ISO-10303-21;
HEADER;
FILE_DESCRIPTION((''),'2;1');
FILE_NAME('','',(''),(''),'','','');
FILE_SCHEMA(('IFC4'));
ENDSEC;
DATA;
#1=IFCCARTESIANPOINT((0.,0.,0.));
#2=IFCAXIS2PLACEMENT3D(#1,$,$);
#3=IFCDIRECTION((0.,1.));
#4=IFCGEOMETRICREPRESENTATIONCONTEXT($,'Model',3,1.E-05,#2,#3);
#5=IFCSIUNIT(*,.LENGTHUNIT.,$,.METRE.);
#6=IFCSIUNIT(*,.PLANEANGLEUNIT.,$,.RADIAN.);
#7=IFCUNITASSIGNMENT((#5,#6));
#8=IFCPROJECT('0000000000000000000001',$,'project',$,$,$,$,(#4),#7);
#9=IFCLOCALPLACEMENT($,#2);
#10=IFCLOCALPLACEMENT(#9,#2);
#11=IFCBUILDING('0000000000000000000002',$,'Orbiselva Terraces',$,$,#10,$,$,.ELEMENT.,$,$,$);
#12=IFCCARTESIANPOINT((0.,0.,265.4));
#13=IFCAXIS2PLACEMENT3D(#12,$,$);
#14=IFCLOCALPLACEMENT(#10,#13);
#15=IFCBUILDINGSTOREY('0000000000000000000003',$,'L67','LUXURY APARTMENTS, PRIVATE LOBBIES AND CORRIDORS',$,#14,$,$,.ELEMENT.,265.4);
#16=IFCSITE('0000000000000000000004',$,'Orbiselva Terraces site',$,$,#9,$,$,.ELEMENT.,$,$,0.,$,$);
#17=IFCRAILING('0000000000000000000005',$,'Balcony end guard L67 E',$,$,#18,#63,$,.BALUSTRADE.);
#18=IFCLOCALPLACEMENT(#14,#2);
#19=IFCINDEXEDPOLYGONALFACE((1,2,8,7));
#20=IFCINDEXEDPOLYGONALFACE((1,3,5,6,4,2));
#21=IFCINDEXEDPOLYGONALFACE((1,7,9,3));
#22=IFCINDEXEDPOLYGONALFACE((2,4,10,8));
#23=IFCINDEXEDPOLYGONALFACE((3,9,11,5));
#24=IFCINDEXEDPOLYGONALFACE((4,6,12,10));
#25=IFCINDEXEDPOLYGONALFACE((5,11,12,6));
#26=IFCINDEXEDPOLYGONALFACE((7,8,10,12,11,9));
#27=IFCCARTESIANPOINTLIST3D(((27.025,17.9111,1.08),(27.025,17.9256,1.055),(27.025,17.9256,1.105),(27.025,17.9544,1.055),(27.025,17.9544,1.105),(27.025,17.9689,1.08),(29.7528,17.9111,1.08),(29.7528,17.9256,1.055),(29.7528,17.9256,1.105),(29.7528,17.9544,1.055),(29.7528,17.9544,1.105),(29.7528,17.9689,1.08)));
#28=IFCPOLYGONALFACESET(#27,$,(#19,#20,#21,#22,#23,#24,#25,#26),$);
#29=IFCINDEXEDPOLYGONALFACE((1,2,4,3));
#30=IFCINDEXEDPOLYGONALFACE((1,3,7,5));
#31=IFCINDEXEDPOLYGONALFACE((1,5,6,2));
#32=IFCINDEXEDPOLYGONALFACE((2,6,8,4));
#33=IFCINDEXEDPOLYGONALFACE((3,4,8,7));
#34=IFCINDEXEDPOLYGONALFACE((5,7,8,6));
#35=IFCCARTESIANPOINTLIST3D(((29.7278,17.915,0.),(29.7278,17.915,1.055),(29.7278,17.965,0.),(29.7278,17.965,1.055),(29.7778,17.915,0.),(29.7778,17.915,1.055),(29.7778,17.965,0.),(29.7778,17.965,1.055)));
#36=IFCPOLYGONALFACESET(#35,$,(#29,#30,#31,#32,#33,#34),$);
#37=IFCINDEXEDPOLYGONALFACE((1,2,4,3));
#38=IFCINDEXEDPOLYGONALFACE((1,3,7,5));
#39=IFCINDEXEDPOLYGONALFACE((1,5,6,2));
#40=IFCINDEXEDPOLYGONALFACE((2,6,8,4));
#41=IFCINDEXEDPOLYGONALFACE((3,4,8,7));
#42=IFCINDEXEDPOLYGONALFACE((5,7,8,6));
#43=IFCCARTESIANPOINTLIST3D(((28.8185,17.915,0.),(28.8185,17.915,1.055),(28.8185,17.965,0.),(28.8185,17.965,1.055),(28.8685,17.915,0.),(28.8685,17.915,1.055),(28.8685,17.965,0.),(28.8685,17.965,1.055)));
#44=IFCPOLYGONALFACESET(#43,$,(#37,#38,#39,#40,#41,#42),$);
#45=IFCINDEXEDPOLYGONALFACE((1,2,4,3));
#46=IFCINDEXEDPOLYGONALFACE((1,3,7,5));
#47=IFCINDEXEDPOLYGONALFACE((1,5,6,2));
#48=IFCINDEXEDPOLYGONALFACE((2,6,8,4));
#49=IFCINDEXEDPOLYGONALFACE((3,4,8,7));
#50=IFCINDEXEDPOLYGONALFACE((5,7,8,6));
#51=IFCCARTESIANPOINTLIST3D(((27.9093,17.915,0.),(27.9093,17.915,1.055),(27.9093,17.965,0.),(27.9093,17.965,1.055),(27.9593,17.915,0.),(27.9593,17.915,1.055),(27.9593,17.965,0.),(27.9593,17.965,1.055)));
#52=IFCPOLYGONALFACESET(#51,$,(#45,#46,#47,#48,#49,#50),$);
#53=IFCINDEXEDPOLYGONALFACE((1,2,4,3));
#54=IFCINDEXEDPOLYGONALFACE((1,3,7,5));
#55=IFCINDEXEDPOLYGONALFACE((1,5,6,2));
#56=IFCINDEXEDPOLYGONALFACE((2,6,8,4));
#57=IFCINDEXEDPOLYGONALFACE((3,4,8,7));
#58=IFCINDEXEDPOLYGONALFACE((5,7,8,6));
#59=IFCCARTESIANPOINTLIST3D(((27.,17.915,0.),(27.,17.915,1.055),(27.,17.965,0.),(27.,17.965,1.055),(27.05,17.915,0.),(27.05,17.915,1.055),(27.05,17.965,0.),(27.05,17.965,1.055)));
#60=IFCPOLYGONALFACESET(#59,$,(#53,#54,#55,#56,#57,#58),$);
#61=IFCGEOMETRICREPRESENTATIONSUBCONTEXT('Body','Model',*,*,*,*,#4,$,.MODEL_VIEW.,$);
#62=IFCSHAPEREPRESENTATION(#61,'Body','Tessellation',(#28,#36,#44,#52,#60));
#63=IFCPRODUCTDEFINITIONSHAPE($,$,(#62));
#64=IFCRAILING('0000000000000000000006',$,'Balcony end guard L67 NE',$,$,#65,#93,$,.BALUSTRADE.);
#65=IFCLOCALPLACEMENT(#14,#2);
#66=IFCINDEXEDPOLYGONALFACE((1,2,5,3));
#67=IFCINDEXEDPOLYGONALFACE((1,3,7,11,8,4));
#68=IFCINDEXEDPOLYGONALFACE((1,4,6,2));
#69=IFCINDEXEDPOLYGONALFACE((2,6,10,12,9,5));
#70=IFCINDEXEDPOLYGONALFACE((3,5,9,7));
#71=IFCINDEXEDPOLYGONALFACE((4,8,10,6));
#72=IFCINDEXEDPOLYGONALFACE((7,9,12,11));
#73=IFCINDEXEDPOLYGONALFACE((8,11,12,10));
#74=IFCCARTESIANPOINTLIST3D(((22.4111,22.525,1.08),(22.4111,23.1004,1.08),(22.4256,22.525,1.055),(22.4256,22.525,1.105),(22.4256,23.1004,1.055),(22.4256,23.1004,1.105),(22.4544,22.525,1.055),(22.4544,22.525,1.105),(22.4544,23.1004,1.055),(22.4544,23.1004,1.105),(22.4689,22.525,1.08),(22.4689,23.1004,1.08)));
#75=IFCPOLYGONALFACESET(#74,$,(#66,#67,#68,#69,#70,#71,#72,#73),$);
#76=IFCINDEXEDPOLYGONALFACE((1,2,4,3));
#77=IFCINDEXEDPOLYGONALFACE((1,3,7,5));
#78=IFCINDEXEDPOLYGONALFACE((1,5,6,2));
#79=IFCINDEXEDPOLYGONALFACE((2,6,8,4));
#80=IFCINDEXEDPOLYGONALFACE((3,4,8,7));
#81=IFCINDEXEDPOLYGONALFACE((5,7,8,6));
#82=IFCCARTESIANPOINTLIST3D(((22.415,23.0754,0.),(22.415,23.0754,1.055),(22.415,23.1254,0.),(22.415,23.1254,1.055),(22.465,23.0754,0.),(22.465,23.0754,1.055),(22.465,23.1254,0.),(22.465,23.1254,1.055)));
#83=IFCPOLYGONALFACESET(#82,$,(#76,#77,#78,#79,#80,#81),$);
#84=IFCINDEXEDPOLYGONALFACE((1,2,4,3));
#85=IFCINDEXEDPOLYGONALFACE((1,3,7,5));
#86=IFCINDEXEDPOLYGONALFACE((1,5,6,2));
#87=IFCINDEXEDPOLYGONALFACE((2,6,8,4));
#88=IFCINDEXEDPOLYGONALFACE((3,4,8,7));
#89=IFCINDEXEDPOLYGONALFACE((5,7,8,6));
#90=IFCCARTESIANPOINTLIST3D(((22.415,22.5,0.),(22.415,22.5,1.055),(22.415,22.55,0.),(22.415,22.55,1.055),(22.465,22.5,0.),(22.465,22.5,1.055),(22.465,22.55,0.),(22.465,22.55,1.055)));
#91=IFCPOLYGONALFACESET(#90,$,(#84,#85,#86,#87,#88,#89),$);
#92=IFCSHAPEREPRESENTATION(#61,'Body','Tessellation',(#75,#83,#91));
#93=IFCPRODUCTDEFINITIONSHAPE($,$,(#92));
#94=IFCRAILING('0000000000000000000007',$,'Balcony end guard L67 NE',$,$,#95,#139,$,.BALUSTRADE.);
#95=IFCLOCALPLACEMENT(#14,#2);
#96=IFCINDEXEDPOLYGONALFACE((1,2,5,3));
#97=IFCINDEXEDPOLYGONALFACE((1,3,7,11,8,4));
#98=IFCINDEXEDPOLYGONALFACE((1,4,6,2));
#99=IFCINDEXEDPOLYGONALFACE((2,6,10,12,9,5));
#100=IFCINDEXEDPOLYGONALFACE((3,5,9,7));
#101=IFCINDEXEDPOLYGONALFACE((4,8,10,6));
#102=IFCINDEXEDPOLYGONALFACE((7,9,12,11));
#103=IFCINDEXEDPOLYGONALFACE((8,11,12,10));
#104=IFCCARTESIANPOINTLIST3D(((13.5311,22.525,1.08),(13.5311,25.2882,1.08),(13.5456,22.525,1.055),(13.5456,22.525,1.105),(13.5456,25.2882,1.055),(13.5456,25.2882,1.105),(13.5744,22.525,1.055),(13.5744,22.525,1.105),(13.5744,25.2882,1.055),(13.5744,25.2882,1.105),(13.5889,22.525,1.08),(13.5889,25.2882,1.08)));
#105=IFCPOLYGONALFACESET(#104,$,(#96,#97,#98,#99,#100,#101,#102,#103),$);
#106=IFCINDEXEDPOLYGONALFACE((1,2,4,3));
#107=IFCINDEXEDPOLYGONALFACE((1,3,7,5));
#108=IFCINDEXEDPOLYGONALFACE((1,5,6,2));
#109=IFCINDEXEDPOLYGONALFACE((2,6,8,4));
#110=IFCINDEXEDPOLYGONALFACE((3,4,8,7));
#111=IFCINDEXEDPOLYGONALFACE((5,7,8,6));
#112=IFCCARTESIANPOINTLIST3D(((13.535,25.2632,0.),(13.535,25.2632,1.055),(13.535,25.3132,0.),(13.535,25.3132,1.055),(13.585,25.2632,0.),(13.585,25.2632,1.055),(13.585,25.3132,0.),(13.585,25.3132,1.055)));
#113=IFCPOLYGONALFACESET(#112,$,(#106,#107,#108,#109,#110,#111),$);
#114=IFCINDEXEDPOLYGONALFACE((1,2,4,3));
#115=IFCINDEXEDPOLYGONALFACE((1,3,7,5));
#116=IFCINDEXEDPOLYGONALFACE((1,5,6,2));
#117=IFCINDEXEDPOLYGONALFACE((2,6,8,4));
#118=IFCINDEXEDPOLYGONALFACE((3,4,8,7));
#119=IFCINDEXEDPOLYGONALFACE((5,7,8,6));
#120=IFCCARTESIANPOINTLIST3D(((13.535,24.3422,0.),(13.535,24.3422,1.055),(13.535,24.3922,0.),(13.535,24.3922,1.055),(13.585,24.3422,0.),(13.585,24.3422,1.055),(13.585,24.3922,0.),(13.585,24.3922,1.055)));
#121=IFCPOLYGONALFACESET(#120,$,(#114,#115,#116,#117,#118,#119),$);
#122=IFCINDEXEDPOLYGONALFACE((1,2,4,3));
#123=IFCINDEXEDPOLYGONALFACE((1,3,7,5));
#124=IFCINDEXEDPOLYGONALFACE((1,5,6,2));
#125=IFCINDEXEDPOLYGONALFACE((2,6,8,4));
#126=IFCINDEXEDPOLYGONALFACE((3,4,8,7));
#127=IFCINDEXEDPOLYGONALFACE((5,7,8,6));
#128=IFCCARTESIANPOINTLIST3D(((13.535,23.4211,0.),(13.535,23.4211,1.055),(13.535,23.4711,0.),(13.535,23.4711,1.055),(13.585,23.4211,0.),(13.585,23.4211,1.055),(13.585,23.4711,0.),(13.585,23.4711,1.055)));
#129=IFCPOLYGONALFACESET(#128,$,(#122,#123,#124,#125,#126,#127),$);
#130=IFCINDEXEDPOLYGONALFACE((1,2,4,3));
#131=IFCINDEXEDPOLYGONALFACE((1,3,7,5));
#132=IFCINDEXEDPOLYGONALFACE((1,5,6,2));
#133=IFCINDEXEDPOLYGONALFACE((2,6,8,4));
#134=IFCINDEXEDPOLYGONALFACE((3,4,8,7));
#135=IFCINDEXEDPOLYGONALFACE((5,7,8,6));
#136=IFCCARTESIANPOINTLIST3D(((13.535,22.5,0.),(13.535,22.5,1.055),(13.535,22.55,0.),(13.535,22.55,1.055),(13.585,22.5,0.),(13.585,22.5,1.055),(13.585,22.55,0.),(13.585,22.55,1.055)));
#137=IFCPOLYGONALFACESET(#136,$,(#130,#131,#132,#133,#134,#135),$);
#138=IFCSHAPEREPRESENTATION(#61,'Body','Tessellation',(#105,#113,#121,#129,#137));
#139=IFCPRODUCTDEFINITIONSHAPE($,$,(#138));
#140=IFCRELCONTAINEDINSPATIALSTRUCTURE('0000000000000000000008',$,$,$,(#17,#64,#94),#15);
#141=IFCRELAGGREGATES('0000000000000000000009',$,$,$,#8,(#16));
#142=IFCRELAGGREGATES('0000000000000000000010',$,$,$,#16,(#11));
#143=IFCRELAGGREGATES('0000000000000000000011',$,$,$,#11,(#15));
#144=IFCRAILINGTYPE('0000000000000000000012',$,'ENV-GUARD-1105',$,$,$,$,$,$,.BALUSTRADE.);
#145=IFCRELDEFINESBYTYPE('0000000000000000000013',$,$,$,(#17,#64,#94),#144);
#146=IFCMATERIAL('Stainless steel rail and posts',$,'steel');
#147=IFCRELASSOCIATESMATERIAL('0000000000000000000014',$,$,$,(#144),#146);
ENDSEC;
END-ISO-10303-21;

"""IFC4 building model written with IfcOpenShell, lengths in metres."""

from ifc_helpers import new_model, si_unit, direction, frame, origin, origin_2d, place, context, subcontext, project, spatial, polyline, rectangle, outline, extrude, material, type_object, element, save


model = new_model("IFC4")

# Units and contexts
model_context = context("Model", 3, precision=1e-05, world=origin(), true_north=direction((0.0, 1.0)))
body_context = subcontext(model_context, "Body", "Model", "MODEL_VIEW")
ifc_project = project(units=[si_unit("LENGTHUNIT", "METRE"), si_unit("PLANEANGLEUNIT", "RADIAN")], contexts=[model_context])

# Site, building, storey
site_placement = place(None, origin())
site = spatial("IfcSite", under=ifc_project, at=site_placement, Name="Orbiselva Terraces site", CompositionType="ELEMENT", RefElevation=0.0)
building_placement = place(site_placement, origin())
building = spatial("IfcBuilding", under=site, at=building_placement, Name="Orbiselva Terraces", CompositionType="ELEMENT")
storey_placement = place(building_placement, frame((0.0, 0.0, 265.4)))
storey = spatial("IfcBuildingStorey", under=building, at=storey_placement, Name="L67", Description="LUXURY APARTMENTS, PRIVATE LOBBIES AND CORRIDORS", CompositionType="ELEMENT", Elevation=265.4)

# Railings
ifc_material_1 = material(Name="Stainless steel rail and posts", Category="steel")
railing_type_1 = type_object("IfcRailingType", Name="ENV-GUARD-1105", PredefinedType="BALUSTRADE", material=ifc_material_1)
railing_1_placement = place(storey_placement, frame((29.7528, 17.94, 0.0)))
element("IfcRailing", 1, at=railing_1_placement, inside=storey, type_object=railing_type_1, Name="Balcony end guard L67 E", PredefinedType="BALUSTRADE", context=body_context, shape_type="SweptSolid", body=[
    extrude(outline(polyline([(0.0289, 0.0), (0.0144, 0.025), (-0.0144, 0.025), (-0.0289, 0.0), (-0.0144, -0.025), (0.0144, -0.025), (0.0289, 0.0)])), frame((0.0, 0.0, 1.08), z_axis=(-1.0, 0.0, 0.0), x_axis=(0.0, -1.0, 0.0)), (0.0, 0.0, 1.0), 2.7278),
    extrude(rectangle(XDim=0.05, YDim=0.05, at=origin_2d()), origin(), (0.0, 0.0, 1.0), 1.055),
    extrude(rectangle(XDim=0.05, YDim=0.05, at=origin_2d()), frame((-0.9093, 0.0, 0.0)), (0.0, 0.0, 1.0), 1.055),
    extrude(rectangle(XDim=0.05, YDim=0.05, at=origin_2d()), frame((-1.8185, 0.0, 0.0)), (0.0, 0.0, 1.0), 1.055),
    extrude(rectangle(XDim=0.05, YDim=0.05, at=origin_2d()), frame((-2.7278, 0.0, 0.0)), (0.0, 0.0, 1.0), 1.055),
])
railing_2_placement = place(storey_placement, frame((22.44, 23.1004, 0.0)))
element("IfcRailing", 2, at=railing_2_placement, inside=storey, type_object=railing_type_1, Name="Balcony end guard L67 NE", PredefinedType="BALUSTRADE", context=body_context, shape_type="SweptSolid", body=[
    extrude(outline(polyline([(0.0289, 0.0), (0.0144, 0.025), (-0.0144, 0.025), (-0.0289, 0.0), (-0.0144, -0.025), (0.0144, -0.025), (0.0289, 0.0)])), frame((0.0, 0.0, 1.08), z_axis=(0.0, -1.0, 0.0), x_axis=(1.0, 0.0, 0.0)), (0.0, 0.0, 1.0), 0.5754),
    extrude(rectangle(XDim=0.05, YDim=0.05, at=origin_2d()), origin(), (0.0, 0.0, 1.0), 1.055),
    extrude(rectangle(XDim=0.05, YDim=0.05, at=origin_2d()), frame((0.0, -0.5754, 0.0)), (0.0, 0.0, 1.0), 1.055),
])
railing_3_placement = place(storey_placement, frame((13.56, 25.2882, 0.0)))
element("IfcRailing", 3, at=railing_3_placement, inside=storey, type_object=railing_type_1, Name="Balcony end guard L67 NE", PredefinedType="BALUSTRADE", context=body_context, shape_type="SweptSolid", body=[
    extrude(outline(polyline([(0.0289, 0.0), (0.0144, 0.025), (-0.0144, 0.025), (-0.0289, 0.0), (-0.0144, -0.025), (0.0144, -0.025), (0.0289, 0.0)])), frame((0.0, 0.0, 1.08), z_axis=(0.0, -1.0, 0.0), x_axis=(1.0, 0.0, 0.0)), (0.0, 0.0, 1.0), 2.7632),
    extrude(rectangle(XDim=0.05, YDim=0.05, at=origin_2d()), origin(), (0.0, 0.0, 1.0), 1.055),
    extrude(rectangle(XDim=0.05, YDim=0.05, at=origin_2d()), frame((0.0, -0.9211, 0.0)), (0.0, 0.0, 1.0), 1.055),
    extrude(rectangle(XDim=0.05, YDim=0.05, at=origin_2d()), frame((0.0, -1.8422, 0.0)), (0.0, 0.0, 1.0), 1.055),
    extrude(rectangle(XDim=0.05, YDim=0.05, at=origin_2d()), frame((0.0, -2.7632, 0.0)), (0.0, 0.0, 1.0), 1.055),
])

save(model, "model.ifc")
